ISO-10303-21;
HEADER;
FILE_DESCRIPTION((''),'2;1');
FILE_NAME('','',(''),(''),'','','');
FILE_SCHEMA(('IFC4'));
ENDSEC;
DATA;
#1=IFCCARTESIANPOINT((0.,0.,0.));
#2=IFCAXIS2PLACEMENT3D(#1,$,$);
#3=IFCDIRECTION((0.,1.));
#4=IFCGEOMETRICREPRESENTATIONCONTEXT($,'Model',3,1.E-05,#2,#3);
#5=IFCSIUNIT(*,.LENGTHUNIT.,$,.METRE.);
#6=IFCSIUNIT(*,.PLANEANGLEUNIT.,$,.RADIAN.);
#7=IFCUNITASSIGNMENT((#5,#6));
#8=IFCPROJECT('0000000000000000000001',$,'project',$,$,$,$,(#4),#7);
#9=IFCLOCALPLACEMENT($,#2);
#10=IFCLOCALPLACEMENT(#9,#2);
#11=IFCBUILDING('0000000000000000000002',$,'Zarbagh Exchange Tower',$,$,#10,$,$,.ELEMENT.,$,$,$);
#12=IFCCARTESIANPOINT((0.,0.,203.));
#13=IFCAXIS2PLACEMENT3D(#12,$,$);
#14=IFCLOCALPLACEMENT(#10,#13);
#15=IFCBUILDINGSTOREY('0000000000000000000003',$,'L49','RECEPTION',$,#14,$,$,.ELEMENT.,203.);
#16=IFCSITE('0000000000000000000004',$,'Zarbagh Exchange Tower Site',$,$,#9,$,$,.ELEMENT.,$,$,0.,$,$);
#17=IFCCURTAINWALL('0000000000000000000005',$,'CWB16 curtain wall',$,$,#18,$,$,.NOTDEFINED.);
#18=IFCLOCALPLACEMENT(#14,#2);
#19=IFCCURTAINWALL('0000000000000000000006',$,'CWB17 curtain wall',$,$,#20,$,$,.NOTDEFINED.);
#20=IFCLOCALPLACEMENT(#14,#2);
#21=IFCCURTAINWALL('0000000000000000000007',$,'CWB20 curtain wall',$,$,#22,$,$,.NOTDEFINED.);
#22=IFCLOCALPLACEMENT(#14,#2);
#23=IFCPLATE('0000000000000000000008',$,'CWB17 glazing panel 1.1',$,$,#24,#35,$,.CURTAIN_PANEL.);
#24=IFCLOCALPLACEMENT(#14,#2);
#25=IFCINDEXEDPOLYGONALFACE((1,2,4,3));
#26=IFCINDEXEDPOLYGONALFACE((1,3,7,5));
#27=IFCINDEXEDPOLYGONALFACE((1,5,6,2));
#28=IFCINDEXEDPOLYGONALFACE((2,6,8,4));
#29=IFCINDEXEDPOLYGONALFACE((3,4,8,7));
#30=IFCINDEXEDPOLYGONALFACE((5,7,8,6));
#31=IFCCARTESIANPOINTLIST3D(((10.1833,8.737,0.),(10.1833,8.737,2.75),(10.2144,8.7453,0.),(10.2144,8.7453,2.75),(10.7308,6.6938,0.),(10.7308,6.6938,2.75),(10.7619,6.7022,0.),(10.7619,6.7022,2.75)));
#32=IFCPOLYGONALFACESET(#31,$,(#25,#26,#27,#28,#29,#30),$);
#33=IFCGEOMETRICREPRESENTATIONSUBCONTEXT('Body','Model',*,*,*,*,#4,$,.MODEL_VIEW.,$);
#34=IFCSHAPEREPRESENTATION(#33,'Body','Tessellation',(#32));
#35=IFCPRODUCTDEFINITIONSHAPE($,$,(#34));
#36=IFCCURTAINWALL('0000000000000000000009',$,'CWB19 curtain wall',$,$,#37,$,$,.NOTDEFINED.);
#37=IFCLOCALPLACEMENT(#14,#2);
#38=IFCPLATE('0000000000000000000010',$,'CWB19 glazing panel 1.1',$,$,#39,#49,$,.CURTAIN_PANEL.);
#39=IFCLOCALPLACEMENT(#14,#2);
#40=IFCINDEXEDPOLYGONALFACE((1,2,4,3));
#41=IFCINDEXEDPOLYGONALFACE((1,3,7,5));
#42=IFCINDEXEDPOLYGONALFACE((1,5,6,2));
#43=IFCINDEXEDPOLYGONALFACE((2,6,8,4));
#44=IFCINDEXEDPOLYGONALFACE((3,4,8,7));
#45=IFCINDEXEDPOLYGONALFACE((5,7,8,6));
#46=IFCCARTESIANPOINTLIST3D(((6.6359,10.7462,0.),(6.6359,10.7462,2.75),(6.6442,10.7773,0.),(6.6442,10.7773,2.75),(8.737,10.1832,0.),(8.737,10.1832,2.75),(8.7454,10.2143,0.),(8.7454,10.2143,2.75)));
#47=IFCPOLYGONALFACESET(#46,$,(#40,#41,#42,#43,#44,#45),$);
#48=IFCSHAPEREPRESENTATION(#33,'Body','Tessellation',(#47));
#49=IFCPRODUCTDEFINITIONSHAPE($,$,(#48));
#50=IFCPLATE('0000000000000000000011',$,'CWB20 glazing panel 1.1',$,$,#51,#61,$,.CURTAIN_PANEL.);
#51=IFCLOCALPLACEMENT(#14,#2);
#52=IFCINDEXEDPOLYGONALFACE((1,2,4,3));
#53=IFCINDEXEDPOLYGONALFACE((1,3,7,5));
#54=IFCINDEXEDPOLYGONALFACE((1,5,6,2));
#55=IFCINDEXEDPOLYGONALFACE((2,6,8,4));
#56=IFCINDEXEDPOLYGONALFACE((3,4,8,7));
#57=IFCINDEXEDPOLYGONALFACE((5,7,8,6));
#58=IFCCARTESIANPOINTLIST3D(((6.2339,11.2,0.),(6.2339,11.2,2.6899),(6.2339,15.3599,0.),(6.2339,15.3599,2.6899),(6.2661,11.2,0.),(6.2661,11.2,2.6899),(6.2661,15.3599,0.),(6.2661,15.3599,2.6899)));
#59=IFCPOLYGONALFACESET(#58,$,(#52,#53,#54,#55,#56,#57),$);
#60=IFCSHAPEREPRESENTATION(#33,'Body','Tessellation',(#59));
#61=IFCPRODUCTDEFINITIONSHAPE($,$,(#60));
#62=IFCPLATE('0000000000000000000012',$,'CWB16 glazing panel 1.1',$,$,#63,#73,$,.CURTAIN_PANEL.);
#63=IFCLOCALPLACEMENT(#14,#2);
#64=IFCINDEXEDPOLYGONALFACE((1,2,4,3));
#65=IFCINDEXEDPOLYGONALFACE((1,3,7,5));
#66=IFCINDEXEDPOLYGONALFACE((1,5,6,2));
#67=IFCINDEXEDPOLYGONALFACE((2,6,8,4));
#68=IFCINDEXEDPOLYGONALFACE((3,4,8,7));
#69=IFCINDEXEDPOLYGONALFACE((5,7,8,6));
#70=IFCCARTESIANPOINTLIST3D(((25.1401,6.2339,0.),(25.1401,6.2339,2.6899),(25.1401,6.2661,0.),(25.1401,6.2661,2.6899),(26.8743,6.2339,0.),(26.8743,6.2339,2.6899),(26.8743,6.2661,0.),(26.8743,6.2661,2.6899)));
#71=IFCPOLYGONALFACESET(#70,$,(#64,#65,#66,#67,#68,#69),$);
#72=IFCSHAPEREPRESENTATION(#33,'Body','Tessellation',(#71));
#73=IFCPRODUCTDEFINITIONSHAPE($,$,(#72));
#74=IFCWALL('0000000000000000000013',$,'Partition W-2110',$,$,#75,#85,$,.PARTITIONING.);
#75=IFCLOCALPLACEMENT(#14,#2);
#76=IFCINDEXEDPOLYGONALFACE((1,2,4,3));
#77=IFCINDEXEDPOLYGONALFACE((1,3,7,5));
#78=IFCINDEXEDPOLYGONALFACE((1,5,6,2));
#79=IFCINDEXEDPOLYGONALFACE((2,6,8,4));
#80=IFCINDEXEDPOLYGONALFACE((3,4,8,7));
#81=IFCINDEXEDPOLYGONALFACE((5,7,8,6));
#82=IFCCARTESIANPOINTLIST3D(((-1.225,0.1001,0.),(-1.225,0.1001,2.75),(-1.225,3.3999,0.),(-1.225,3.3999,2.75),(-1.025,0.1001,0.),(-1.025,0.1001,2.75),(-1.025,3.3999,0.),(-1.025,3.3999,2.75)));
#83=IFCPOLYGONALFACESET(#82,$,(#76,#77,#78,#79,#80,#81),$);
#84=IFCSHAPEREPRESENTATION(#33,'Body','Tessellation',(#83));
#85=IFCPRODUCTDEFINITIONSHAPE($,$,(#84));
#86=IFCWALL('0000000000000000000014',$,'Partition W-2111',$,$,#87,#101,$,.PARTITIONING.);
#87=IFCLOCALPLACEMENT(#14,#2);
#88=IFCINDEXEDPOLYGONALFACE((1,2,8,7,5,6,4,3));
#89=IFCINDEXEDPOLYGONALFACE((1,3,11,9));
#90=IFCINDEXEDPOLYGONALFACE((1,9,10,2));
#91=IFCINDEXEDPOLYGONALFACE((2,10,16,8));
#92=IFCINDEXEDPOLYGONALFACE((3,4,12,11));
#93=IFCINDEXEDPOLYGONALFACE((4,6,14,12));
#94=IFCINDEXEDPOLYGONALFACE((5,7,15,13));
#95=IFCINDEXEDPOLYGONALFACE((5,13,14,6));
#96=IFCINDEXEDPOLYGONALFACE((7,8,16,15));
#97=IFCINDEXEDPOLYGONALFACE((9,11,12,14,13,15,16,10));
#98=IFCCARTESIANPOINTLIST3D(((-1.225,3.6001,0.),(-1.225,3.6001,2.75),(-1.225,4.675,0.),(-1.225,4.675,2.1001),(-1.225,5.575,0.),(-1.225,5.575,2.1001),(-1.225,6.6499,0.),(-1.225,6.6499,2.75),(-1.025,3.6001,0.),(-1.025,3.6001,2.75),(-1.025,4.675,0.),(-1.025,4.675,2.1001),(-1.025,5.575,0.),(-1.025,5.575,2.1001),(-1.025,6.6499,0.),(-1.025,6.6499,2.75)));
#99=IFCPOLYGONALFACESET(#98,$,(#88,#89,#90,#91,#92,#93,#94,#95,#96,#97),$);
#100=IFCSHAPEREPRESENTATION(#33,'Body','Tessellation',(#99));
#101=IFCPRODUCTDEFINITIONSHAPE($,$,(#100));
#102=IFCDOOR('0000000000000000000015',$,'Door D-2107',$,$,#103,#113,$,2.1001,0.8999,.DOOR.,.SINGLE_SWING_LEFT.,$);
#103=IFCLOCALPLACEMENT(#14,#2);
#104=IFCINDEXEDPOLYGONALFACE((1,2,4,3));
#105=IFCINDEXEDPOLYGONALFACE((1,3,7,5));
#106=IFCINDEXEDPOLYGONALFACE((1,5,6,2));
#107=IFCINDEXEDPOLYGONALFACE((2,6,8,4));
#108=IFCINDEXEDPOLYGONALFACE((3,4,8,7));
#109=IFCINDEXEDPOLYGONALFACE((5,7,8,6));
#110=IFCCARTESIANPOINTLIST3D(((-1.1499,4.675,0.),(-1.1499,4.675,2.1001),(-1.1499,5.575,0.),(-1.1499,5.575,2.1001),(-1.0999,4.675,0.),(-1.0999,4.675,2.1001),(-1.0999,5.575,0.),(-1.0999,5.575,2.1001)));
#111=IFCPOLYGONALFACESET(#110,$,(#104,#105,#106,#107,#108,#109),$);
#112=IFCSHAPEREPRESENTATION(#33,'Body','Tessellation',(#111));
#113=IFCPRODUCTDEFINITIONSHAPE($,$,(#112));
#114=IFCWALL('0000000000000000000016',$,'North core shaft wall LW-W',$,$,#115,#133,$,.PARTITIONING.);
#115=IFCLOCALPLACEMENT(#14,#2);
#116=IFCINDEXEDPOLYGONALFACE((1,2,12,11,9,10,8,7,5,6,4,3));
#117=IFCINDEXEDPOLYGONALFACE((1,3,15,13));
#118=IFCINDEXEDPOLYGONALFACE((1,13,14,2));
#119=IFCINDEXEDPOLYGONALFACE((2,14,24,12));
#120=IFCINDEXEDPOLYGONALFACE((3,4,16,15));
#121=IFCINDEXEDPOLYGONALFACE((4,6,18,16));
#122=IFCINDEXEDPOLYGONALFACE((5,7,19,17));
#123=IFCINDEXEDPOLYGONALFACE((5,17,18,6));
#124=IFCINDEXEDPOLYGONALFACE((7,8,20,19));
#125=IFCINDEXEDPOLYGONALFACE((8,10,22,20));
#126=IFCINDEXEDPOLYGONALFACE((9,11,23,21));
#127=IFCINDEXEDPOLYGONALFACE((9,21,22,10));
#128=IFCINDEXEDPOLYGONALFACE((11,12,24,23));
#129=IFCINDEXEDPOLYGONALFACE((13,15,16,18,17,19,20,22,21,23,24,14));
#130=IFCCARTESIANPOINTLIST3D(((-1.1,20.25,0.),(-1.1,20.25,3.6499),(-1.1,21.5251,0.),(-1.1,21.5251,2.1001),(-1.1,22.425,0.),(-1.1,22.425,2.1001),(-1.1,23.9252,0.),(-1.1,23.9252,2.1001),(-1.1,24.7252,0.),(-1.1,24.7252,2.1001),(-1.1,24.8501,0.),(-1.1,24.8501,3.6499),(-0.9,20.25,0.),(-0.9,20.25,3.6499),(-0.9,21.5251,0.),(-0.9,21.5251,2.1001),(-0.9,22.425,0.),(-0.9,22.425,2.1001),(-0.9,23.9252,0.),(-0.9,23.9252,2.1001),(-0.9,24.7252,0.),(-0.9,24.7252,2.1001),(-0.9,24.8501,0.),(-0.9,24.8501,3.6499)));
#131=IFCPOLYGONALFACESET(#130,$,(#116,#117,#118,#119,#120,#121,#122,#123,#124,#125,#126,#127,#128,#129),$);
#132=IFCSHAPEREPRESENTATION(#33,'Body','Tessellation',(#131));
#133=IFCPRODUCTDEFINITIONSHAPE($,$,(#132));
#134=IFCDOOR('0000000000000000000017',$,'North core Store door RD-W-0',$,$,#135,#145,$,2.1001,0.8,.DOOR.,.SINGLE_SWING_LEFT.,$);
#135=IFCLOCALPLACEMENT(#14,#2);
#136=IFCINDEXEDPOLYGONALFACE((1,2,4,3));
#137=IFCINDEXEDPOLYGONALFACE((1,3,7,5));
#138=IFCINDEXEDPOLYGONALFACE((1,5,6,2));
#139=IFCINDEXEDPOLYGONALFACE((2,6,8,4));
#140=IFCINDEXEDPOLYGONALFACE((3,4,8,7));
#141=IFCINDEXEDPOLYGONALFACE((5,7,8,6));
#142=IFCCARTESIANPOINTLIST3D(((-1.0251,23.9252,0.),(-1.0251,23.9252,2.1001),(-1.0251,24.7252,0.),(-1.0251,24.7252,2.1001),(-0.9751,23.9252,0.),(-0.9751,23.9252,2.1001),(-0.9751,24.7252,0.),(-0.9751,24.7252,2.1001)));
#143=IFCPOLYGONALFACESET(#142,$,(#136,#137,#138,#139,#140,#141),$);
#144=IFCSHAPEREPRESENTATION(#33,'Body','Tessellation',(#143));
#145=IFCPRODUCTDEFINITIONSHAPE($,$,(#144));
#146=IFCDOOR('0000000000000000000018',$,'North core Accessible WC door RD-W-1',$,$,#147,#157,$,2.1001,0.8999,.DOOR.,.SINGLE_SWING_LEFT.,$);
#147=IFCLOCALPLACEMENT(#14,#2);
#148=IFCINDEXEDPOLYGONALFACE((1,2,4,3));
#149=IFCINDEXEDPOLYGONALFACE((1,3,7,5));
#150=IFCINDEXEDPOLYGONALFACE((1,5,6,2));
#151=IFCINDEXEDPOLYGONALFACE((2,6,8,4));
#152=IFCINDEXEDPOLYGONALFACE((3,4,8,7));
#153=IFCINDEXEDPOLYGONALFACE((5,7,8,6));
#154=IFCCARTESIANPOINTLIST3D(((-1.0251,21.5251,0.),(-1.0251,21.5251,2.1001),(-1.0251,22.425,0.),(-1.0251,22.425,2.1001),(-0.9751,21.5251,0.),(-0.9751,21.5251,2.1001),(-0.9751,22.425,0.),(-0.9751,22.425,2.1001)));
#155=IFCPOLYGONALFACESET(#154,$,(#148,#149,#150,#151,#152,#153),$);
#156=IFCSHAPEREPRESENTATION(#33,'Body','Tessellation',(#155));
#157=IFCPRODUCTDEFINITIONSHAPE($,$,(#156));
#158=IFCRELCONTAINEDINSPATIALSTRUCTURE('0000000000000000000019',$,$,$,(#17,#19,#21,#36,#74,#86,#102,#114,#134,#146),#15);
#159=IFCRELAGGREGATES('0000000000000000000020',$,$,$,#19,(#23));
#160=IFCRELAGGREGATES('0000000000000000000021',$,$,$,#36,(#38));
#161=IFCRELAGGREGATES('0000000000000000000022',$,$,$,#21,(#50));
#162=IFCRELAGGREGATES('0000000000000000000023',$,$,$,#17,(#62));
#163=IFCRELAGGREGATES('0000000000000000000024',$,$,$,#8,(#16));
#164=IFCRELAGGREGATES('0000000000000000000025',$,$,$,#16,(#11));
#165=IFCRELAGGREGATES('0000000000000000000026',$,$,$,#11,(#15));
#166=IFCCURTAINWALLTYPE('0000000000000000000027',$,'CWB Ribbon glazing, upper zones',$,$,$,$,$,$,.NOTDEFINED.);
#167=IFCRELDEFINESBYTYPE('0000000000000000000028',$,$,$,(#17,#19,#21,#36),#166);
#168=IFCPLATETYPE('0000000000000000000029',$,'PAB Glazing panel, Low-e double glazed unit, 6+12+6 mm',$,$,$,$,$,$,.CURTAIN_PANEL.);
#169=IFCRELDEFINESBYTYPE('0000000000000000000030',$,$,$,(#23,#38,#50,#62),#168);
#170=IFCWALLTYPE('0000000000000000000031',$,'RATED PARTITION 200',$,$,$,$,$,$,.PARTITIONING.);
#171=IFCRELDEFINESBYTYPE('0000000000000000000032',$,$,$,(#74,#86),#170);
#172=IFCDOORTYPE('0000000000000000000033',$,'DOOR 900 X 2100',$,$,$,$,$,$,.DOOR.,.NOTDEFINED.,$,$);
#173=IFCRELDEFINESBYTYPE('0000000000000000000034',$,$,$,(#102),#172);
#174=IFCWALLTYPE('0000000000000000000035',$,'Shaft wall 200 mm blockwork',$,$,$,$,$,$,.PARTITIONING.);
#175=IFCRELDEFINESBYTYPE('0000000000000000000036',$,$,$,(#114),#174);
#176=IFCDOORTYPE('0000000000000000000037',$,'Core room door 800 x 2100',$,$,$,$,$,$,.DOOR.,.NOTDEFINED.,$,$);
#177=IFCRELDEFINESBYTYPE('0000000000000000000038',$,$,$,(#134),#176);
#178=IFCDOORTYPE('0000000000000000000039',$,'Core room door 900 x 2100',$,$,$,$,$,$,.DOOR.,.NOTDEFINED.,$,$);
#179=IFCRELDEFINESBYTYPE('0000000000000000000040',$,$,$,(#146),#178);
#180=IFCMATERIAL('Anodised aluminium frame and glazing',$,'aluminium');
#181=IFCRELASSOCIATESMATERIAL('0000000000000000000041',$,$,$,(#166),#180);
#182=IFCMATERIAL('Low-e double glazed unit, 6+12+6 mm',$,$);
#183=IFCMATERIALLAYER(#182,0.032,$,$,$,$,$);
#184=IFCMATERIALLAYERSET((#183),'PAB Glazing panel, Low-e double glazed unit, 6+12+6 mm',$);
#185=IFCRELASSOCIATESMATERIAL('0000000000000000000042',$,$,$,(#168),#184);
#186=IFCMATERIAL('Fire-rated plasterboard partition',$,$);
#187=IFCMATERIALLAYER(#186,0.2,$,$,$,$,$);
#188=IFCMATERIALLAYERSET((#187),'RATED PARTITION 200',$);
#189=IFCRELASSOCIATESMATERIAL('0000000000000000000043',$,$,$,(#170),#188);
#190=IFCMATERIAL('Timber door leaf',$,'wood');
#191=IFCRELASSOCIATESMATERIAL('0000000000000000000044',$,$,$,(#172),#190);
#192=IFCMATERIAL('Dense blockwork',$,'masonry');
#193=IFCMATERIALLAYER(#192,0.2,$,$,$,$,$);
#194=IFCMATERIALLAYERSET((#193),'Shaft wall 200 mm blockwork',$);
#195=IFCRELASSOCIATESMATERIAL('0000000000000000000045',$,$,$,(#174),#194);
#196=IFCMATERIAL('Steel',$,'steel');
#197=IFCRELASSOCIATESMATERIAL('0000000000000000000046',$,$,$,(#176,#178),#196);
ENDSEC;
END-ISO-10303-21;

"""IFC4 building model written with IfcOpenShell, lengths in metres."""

from ifc_helpers import new_model, si_unit, direction, frame, frame_2d, origin, place, context, subcontext, project, spatial, polyline, rectangle, outline, extrude, source, transform, mapped, material, layer, layer_set, type_object, element, fill, aggregate, save


model = new_model("IFC4")

# Units and contexts
model_context = context("Model", 3, precision=1e-05, world=origin(), true_north=direction((0.0, 1.0)))
body_context = subcontext(model_context, "Body", "Model", "MODEL_VIEW")
ifc_project = project(units=[si_unit("LENGTHUNIT", "METRE"), si_unit("PLANEANGLEUNIT", "RADIAN")], contexts=[model_context])

# Site, building, storey
site_placement = place(None, origin())
site = spatial("IfcSite", under=ifc_project, at=site_placement, Name="Zarbagh Exchange Tower Site", CompositionType="ELEMENT", RefElevation=0.0)
building_placement = place(site_placement, origin())
building = spatial("IfcBuilding", under=site, at=building_placement, Name="Zarbagh Exchange Tower", CompositionType="ELEMENT")
storey_placement = place(building_placement, frame((0.0, 0.0, 203.0)))
storey = spatial("IfcBuildingStorey", under=building, at=storey_placement, Name="L49", Description="RECEPTION", CompositionType="ELEMENT", Elevation=203.0)

# Curtain wall
ifc_material_1 = material(Name="Anodised aluminium frame and glazing", Category="aluminium")
curtain_wall_type = type_object("IfcCurtainWallType", Name="CWB Ribbon glazing, upper zones", PredefinedType="NOTDEFINED", material=ifc_material_1)
curtain_wall_1_placement = place(storey_placement, origin())
curtain_wall_1 = element("IfcCurtainWall", 1, at=curtain_wall_1_placement, inside=storey, type_object=curtain_wall_type, Name="CWB16 curtain wall", PredefinedType="NOTDEFINED")
placement = place(storey_placement, origin())

# Curtain wall
curtain_wall_2_placement = place(storey_placement, origin())
curtain_wall_2 = element("IfcCurtainWall", 2, at=curtain_wall_2_placement, inside=storey, type_object=curtain_wall_type, Name="CWB17 curtain wall", PredefinedType="NOTDEFINED")

# Curtain wall
curtain_wall_3_placement = place(storey_placement, origin())
curtain_wall_3 = element("IfcCurtainWall", 3, at=curtain_wall_3_placement, inside=storey, type_object=curtain_wall_type, Name="CWB20 curtain wall", PredefinedType="NOTDEFINED")

# Shared definitions
ifc_material_2 = material(Name="Low-e double glazed unit, 6+12+6 mm")
ifc_layer_1 = layer(ifc_material_2, 0.032)
ifc_layer_set_1 = layer_set([ifc_layer_1], Name="PAB Glazing panel, Low-e double glazed unit, 6+12+6 mm")
plate_type = type_object("IfcPlateType", Name="PAB Glazing panel, Low-e double glazed unit, 6+12+6 mm", PredefinedType="CURTAIN_PANEL", material=ifc_layer_set_1)

# Plate
shared_shape_1 = source(origin(), body_context, "Body", "SweptSolid", [
    extrude(outline(polyline([(0.0, -0.0161), (2.1152, -0.0161), (2.1152, 0.0161), (0.0, 0.0161), (0.0, -0.0161)])), origin(), (0.0, 0.0, 1.0), 2.75),
])
plate_1 = element("IfcPlate", 4, at=placement, type_object=plate_type, Name="CWB17 glazing panel 1.1", PredefinedType="CURTAIN_PANEL", context=body_context, shape_type="MappedRepresentation", body=[
    mapped(shared_shape_1, transform((10.7463, 6.698, 0.0), x_axis=(-0.258825, 0.965924, 0.0), y_axis=(-0.965924, -0.258825, 0.0), z_axis=(0.0, 0.0, 1.0))),
])
aggregate(curtain_wall_2, [plate_1])

# Curtain wall, plate
curtain_wall_4_placement = place(storey_placement, origin())
curtain_wall_4 = element("IfcCurtainWall", 5, at=curtain_wall_4_placement, inside=storey, type_object=curtain_wall_type, Name="CWB19 curtain wall", PredefinedType="NOTDEFINED")
shared_shape_2 = source(origin(), body_context, "Body", "SweptSolid", [
    extrude(outline(polyline([(0.0, -0.0161), (2.1753, -0.0161), (2.1753, 0.0161), (0.0, 0.0161), (0.0, -0.0161)])), origin(), (0.0, 0.0, 1.0), 2.75),
])
plate_2 = element("IfcPlate", 6, at=placement, type_object=plate_type, Name="CWB19 glazing panel 1.1", PredefinedType="CURTAIN_PANEL", context=body_context, shape_type="MappedRepresentation", body=[
    mapped(shared_shape_2, transform((8.7412, 10.1987, 0.0), x_axis=(-0.965924, 0.258825, 0.0), y_axis=(-0.258825, -0.965924, 0.0), z_axis=(0.0, 0.0, 1.0))),
])
aggregate(curtain_wall_4, [plate_2])

# Plates
shared_shape_3 = source(origin(), body_context, "Body", "SweptSolid", [
    extrude(outline(polyline([(0.0, -0.0161), (4.1599, -0.0161), (4.1599, 0.0161), (0.0, 0.0161), (0.0, -0.0161)])), origin(), (0.0, 0.0, 1.0), 2.6899),
])
plate_3 = element("IfcPlate", 7, at=placement, type_object=plate_type, Name="CWB20 glazing panel 1.1", PredefinedType="CURTAIN_PANEL", context=body_context, shape_type="MappedRepresentation", body=[
    mapped(shared_shape_3, transform((6.25, 11.2, 0.0), x_axis=(0.0, 1.0, 0.0), y_axis=(-1.0, 0.0, 0.0), z_axis=(0.0, 0.0, 1.0))),
])
aggregate(curtain_wall_3, [plate_3])
shared_shape_4 = source(origin(), body_context, "Body", "SweptSolid", [
    extrude(outline(polyline([(0.0, -0.0161), (1.7341, -0.0161), (1.7341, 0.0161), (0.0, 0.0161), (0.0, -0.0161)])), origin(), (0.0, 0.0, 1.0), 2.6899),
])
plate_4 = element("IfcPlate", 8, at=placement, type_object=plate_type, Name="CWB16 glazing panel 1.1", PredefinedType="CURTAIN_PANEL", context=body_context, shape_type="MappedRepresentation", body=[
    mapped(shared_shape_4, transform((26.8743, 6.25, 0.0), x_axis=(-1.0, 0.0, 0.0), y_axis=(0.0, -1.0, 0.0), z_axis=(0.0, 0.0, 1.0))),
])
aggregate(curtain_wall_1, [plate_4])

# Wall
ifc_material_3 = material(Name="Fire-rated plasterboard partition")
ifc_layer_2 = layer(ifc_material_3, 0.2)
ifc_layer_set_2 = layer_set([ifc_layer_2], Name="RATED PARTITION 200")
wall_type_1 = type_object("IfcWallType", Name="RATED PARTITION 200", PredefinedType="PARTITIONING", material=ifc_layer_set_2)
wall_1_placement = place(storey_placement, frame((-1.125, 0.1001, 0.0), z_axis=(0.0, 0.0, 1.0), x_axis=(0.0, 1.0, 0.0)))
element("IfcWall", 9, at=wall_1_placement, inside=storey, type_object=wall_type_1, Name="Partition W-2110", PredefinedType="PARTITIONING", context=body_context, shape_type="SweptSolid", body=[
    extrude(rectangle(XDim=3.2998, YDim=0.2, at=frame_2d((1.6499, 0.0))), origin(), (0.0, 0.0, 1.0), 2.75),
])

# Wall, opening, door
wall_2_placement = place(storey_placement, frame((-1.125, 3.6001, 0.0), z_axis=(0.0, 0.0, 1.0), x_axis=(0.0, 1.0, 0.0)))
wall_2 = element("IfcWall", 10, at=wall_2_placement, inside=storey, type_object=wall_type_1, Name="Partition W-2111", PredefinedType="PARTITIONING", context=body_context, shape_type="SweptSolid", body=[
    extrude(rectangle(XDim=3.0498, YDim=0.2, at=frame_2d((1.5249, 0.0))), origin(), (0.0, 0.0, 1.0), 2.75),
])
opening_1_placement = place(wall_2_placement, frame((1.075, 0.0, 0.0)))
opening_1 = element("IfcOpeningElement", 11, at=opening_1_placement, cuts=wall_2, PredefinedType="OPENING", context=body_context, shape_type="SweptSolid", body=[
    extrude(rectangle(XDim=0.8999, YDim=2.1001, at=frame_2d((0.45, 1.05))), frame((0.0, 0.1099, 0.0), z_axis=(0.0, -1.0, 0.0), x_axis=(1.0, 0.0, 0.0)), (0.0, 0.0, 1.0), 0.22),
])
ifc_material_4 = material(Name="Timber door leaf", Category="wood")
door_type_1 = type_object("IfcDoorType", Name="DOOR 900 X 2100", OperationType="NOTDEFINED", PredefinedType="DOOR", material=ifc_material_4)
door_1_placement = place(opening_1_placement, origin())
door_1 = element("IfcDoor", 12, at=door_1_placement, inside=storey, type_object=door_type_1, Name="Door D-2107", OperationType="SINGLE_SWING_LEFT", OverallHeight=2.1001, OverallWidth=0.8999, PredefinedType="DOOR", context=body_context, shape_type="SweptSolid", body=[
    extrude(rectangle(XDim=0.8999, YDim=2.1001, at=frame_2d((0.45, 1.05))), frame((0.0, 0.0249, 0.0), z_axis=(0.0, -1.0, 0.0), x_axis=(1.0, 0.0, 0.0)), (0.0, 0.0, 1.0), 0.05),
])
fill(opening_1, door_1)

# Wall, openings, doors
ifc_material_5 = material(Name="Dense blockwork", Category="masonry")
ifc_layer_3 = layer(ifc_material_5, 0.2)
ifc_layer_set_3 = layer_set([ifc_layer_3], Name="Shaft wall 200 mm blockwork")
wall_type_2 = type_object("IfcWallType", Name="Shaft wall 200 mm blockwork", PredefinedType="PARTITIONING", material=ifc_layer_set_3)
wall_3_placement = place(storey_placement, frame((-1.0, 24.8501, 0.0), z_axis=(0.0, 0.0, 1.0), x_axis=(0.0, -1.0, 0.0)))
wall_3 = element("IfcWall", 13, at=wall_3_placement, inside=storey, type_object=wall_type_2, Name="North core shaft wall LW-W", PredefinedType="PARTITIONING", context=body_context, shape_type="SweptSolid", body=[
    extrude(rectangle(XDim=4.6001, YDim=0.2, at=frame_2d((2.3, 0.0))), origin(), (0.0, 0.0, 1.0), 3.6499),
])
opening_2_placement = place(wall_3_placement, frame((0.125, 0.0, 0.0)))
opening_2 = element("IfcOpeningElement", 14, at=opening_2_placement, cuts=wall_3, PredefinedType="OPENING", context=body_context, shape_type="SweptSolid", body=[
    extrude(rectangle(XDim=0.8, YDim=2.1001, at=frame_2d((0.3999, 1.05))), frame((0.0, 0.1099, 0.0), z_axis=(0.0, -1.0, 0.0), x_axis=(1.0, 0.0, 0.0)), (0.0, 0.0, 1.0), 0.22),
])
opening_3_placement = place(wall_3_placement, frame((2.425, 0.0, 0.0)))
opening_3 = element("IfcOpeningElement", 15, at=opening_3_placement, cuts=wall_3, PredefinedType="OPENING", context=body_context, shape_type="SweptSolid", body=[
    extrude(rectangle(XDim=0.8999, YDim=2.1001, at=frame_2d((0.45, 1.05))), frame((0.0, 0.1099, 0.0), z_axis=(0.0, -1.0, 0.0), x_axis=(1.0, 0.0, 0.0)), (0.0, 0.0, 1.0), 0.22),
])
ifc_material_6 = material(Name="Steel", Category="steel")
door_type_2 = type_object("IfcDoorType", Name="Core room door 800 x 2100", OperationType="NOTDEFINED", PredefinedType="DOOR", material=ifc_material_6)
door_2_placement = place(opening_2_placement, origin())
door_2 = element("IfcDoor", 16, at=door_2_placement, inside=storey, type_object=door_type_2, Name="North core Store door RD-W-0", OperationType="SINGLE_SWING_LEFT", OverallHeight=2.1001, OverallWidth=0.8, PredefinedType="DOOR", context=body_context, shape_type="SweptSolid", body=[
    extrude(rectangle(XDim=0.8, YDim=2.1001, at=frame_2d((0.3999, 1.05))), frame((0.0, 0.0249, 0.0), z_axis=(0.0, -1.0, 0.0), x_axis=(1.0, 0.0, 0.0)), (0.0, 0.0, 1.0), 0.05),
])
fill(opening_2, door_2)
door_type_3 = type_object("IfcDoorType", Name="Core room door 900 x 2100", OperationType="NOTDEFINED", PredefinedType="DOOR", material=ifc_material_6)
door_3_placement = place(opening_3_placement, origin())
door_3 = element("IfcDoor", 17, at=door_3_placement, inside=storey, type_object=door_type_3, Name="North core Accessible WC door RD-W-1", OperationType="SINGLE_SWING_LEFT", OverallHeight=2.1001, OverallWidth=0.8999, PredefinedType="DOOR", context=body_context, shape_type="SweptSolid", body=[
    extrude(rectangle(XDim=0.8999, YDim=2.1001, at=frame_2d((0.45, 1.05))), frame((0.0, 0.0249, 0.0), z_axis=(0.0, -1.0, 0.0), x_axis=(1.0, 0.0, 0.0)), (0.0, 0.0, 1.0), 0.05),
])
fill(opening_3, door_3)

save(model, "model.ifc")
